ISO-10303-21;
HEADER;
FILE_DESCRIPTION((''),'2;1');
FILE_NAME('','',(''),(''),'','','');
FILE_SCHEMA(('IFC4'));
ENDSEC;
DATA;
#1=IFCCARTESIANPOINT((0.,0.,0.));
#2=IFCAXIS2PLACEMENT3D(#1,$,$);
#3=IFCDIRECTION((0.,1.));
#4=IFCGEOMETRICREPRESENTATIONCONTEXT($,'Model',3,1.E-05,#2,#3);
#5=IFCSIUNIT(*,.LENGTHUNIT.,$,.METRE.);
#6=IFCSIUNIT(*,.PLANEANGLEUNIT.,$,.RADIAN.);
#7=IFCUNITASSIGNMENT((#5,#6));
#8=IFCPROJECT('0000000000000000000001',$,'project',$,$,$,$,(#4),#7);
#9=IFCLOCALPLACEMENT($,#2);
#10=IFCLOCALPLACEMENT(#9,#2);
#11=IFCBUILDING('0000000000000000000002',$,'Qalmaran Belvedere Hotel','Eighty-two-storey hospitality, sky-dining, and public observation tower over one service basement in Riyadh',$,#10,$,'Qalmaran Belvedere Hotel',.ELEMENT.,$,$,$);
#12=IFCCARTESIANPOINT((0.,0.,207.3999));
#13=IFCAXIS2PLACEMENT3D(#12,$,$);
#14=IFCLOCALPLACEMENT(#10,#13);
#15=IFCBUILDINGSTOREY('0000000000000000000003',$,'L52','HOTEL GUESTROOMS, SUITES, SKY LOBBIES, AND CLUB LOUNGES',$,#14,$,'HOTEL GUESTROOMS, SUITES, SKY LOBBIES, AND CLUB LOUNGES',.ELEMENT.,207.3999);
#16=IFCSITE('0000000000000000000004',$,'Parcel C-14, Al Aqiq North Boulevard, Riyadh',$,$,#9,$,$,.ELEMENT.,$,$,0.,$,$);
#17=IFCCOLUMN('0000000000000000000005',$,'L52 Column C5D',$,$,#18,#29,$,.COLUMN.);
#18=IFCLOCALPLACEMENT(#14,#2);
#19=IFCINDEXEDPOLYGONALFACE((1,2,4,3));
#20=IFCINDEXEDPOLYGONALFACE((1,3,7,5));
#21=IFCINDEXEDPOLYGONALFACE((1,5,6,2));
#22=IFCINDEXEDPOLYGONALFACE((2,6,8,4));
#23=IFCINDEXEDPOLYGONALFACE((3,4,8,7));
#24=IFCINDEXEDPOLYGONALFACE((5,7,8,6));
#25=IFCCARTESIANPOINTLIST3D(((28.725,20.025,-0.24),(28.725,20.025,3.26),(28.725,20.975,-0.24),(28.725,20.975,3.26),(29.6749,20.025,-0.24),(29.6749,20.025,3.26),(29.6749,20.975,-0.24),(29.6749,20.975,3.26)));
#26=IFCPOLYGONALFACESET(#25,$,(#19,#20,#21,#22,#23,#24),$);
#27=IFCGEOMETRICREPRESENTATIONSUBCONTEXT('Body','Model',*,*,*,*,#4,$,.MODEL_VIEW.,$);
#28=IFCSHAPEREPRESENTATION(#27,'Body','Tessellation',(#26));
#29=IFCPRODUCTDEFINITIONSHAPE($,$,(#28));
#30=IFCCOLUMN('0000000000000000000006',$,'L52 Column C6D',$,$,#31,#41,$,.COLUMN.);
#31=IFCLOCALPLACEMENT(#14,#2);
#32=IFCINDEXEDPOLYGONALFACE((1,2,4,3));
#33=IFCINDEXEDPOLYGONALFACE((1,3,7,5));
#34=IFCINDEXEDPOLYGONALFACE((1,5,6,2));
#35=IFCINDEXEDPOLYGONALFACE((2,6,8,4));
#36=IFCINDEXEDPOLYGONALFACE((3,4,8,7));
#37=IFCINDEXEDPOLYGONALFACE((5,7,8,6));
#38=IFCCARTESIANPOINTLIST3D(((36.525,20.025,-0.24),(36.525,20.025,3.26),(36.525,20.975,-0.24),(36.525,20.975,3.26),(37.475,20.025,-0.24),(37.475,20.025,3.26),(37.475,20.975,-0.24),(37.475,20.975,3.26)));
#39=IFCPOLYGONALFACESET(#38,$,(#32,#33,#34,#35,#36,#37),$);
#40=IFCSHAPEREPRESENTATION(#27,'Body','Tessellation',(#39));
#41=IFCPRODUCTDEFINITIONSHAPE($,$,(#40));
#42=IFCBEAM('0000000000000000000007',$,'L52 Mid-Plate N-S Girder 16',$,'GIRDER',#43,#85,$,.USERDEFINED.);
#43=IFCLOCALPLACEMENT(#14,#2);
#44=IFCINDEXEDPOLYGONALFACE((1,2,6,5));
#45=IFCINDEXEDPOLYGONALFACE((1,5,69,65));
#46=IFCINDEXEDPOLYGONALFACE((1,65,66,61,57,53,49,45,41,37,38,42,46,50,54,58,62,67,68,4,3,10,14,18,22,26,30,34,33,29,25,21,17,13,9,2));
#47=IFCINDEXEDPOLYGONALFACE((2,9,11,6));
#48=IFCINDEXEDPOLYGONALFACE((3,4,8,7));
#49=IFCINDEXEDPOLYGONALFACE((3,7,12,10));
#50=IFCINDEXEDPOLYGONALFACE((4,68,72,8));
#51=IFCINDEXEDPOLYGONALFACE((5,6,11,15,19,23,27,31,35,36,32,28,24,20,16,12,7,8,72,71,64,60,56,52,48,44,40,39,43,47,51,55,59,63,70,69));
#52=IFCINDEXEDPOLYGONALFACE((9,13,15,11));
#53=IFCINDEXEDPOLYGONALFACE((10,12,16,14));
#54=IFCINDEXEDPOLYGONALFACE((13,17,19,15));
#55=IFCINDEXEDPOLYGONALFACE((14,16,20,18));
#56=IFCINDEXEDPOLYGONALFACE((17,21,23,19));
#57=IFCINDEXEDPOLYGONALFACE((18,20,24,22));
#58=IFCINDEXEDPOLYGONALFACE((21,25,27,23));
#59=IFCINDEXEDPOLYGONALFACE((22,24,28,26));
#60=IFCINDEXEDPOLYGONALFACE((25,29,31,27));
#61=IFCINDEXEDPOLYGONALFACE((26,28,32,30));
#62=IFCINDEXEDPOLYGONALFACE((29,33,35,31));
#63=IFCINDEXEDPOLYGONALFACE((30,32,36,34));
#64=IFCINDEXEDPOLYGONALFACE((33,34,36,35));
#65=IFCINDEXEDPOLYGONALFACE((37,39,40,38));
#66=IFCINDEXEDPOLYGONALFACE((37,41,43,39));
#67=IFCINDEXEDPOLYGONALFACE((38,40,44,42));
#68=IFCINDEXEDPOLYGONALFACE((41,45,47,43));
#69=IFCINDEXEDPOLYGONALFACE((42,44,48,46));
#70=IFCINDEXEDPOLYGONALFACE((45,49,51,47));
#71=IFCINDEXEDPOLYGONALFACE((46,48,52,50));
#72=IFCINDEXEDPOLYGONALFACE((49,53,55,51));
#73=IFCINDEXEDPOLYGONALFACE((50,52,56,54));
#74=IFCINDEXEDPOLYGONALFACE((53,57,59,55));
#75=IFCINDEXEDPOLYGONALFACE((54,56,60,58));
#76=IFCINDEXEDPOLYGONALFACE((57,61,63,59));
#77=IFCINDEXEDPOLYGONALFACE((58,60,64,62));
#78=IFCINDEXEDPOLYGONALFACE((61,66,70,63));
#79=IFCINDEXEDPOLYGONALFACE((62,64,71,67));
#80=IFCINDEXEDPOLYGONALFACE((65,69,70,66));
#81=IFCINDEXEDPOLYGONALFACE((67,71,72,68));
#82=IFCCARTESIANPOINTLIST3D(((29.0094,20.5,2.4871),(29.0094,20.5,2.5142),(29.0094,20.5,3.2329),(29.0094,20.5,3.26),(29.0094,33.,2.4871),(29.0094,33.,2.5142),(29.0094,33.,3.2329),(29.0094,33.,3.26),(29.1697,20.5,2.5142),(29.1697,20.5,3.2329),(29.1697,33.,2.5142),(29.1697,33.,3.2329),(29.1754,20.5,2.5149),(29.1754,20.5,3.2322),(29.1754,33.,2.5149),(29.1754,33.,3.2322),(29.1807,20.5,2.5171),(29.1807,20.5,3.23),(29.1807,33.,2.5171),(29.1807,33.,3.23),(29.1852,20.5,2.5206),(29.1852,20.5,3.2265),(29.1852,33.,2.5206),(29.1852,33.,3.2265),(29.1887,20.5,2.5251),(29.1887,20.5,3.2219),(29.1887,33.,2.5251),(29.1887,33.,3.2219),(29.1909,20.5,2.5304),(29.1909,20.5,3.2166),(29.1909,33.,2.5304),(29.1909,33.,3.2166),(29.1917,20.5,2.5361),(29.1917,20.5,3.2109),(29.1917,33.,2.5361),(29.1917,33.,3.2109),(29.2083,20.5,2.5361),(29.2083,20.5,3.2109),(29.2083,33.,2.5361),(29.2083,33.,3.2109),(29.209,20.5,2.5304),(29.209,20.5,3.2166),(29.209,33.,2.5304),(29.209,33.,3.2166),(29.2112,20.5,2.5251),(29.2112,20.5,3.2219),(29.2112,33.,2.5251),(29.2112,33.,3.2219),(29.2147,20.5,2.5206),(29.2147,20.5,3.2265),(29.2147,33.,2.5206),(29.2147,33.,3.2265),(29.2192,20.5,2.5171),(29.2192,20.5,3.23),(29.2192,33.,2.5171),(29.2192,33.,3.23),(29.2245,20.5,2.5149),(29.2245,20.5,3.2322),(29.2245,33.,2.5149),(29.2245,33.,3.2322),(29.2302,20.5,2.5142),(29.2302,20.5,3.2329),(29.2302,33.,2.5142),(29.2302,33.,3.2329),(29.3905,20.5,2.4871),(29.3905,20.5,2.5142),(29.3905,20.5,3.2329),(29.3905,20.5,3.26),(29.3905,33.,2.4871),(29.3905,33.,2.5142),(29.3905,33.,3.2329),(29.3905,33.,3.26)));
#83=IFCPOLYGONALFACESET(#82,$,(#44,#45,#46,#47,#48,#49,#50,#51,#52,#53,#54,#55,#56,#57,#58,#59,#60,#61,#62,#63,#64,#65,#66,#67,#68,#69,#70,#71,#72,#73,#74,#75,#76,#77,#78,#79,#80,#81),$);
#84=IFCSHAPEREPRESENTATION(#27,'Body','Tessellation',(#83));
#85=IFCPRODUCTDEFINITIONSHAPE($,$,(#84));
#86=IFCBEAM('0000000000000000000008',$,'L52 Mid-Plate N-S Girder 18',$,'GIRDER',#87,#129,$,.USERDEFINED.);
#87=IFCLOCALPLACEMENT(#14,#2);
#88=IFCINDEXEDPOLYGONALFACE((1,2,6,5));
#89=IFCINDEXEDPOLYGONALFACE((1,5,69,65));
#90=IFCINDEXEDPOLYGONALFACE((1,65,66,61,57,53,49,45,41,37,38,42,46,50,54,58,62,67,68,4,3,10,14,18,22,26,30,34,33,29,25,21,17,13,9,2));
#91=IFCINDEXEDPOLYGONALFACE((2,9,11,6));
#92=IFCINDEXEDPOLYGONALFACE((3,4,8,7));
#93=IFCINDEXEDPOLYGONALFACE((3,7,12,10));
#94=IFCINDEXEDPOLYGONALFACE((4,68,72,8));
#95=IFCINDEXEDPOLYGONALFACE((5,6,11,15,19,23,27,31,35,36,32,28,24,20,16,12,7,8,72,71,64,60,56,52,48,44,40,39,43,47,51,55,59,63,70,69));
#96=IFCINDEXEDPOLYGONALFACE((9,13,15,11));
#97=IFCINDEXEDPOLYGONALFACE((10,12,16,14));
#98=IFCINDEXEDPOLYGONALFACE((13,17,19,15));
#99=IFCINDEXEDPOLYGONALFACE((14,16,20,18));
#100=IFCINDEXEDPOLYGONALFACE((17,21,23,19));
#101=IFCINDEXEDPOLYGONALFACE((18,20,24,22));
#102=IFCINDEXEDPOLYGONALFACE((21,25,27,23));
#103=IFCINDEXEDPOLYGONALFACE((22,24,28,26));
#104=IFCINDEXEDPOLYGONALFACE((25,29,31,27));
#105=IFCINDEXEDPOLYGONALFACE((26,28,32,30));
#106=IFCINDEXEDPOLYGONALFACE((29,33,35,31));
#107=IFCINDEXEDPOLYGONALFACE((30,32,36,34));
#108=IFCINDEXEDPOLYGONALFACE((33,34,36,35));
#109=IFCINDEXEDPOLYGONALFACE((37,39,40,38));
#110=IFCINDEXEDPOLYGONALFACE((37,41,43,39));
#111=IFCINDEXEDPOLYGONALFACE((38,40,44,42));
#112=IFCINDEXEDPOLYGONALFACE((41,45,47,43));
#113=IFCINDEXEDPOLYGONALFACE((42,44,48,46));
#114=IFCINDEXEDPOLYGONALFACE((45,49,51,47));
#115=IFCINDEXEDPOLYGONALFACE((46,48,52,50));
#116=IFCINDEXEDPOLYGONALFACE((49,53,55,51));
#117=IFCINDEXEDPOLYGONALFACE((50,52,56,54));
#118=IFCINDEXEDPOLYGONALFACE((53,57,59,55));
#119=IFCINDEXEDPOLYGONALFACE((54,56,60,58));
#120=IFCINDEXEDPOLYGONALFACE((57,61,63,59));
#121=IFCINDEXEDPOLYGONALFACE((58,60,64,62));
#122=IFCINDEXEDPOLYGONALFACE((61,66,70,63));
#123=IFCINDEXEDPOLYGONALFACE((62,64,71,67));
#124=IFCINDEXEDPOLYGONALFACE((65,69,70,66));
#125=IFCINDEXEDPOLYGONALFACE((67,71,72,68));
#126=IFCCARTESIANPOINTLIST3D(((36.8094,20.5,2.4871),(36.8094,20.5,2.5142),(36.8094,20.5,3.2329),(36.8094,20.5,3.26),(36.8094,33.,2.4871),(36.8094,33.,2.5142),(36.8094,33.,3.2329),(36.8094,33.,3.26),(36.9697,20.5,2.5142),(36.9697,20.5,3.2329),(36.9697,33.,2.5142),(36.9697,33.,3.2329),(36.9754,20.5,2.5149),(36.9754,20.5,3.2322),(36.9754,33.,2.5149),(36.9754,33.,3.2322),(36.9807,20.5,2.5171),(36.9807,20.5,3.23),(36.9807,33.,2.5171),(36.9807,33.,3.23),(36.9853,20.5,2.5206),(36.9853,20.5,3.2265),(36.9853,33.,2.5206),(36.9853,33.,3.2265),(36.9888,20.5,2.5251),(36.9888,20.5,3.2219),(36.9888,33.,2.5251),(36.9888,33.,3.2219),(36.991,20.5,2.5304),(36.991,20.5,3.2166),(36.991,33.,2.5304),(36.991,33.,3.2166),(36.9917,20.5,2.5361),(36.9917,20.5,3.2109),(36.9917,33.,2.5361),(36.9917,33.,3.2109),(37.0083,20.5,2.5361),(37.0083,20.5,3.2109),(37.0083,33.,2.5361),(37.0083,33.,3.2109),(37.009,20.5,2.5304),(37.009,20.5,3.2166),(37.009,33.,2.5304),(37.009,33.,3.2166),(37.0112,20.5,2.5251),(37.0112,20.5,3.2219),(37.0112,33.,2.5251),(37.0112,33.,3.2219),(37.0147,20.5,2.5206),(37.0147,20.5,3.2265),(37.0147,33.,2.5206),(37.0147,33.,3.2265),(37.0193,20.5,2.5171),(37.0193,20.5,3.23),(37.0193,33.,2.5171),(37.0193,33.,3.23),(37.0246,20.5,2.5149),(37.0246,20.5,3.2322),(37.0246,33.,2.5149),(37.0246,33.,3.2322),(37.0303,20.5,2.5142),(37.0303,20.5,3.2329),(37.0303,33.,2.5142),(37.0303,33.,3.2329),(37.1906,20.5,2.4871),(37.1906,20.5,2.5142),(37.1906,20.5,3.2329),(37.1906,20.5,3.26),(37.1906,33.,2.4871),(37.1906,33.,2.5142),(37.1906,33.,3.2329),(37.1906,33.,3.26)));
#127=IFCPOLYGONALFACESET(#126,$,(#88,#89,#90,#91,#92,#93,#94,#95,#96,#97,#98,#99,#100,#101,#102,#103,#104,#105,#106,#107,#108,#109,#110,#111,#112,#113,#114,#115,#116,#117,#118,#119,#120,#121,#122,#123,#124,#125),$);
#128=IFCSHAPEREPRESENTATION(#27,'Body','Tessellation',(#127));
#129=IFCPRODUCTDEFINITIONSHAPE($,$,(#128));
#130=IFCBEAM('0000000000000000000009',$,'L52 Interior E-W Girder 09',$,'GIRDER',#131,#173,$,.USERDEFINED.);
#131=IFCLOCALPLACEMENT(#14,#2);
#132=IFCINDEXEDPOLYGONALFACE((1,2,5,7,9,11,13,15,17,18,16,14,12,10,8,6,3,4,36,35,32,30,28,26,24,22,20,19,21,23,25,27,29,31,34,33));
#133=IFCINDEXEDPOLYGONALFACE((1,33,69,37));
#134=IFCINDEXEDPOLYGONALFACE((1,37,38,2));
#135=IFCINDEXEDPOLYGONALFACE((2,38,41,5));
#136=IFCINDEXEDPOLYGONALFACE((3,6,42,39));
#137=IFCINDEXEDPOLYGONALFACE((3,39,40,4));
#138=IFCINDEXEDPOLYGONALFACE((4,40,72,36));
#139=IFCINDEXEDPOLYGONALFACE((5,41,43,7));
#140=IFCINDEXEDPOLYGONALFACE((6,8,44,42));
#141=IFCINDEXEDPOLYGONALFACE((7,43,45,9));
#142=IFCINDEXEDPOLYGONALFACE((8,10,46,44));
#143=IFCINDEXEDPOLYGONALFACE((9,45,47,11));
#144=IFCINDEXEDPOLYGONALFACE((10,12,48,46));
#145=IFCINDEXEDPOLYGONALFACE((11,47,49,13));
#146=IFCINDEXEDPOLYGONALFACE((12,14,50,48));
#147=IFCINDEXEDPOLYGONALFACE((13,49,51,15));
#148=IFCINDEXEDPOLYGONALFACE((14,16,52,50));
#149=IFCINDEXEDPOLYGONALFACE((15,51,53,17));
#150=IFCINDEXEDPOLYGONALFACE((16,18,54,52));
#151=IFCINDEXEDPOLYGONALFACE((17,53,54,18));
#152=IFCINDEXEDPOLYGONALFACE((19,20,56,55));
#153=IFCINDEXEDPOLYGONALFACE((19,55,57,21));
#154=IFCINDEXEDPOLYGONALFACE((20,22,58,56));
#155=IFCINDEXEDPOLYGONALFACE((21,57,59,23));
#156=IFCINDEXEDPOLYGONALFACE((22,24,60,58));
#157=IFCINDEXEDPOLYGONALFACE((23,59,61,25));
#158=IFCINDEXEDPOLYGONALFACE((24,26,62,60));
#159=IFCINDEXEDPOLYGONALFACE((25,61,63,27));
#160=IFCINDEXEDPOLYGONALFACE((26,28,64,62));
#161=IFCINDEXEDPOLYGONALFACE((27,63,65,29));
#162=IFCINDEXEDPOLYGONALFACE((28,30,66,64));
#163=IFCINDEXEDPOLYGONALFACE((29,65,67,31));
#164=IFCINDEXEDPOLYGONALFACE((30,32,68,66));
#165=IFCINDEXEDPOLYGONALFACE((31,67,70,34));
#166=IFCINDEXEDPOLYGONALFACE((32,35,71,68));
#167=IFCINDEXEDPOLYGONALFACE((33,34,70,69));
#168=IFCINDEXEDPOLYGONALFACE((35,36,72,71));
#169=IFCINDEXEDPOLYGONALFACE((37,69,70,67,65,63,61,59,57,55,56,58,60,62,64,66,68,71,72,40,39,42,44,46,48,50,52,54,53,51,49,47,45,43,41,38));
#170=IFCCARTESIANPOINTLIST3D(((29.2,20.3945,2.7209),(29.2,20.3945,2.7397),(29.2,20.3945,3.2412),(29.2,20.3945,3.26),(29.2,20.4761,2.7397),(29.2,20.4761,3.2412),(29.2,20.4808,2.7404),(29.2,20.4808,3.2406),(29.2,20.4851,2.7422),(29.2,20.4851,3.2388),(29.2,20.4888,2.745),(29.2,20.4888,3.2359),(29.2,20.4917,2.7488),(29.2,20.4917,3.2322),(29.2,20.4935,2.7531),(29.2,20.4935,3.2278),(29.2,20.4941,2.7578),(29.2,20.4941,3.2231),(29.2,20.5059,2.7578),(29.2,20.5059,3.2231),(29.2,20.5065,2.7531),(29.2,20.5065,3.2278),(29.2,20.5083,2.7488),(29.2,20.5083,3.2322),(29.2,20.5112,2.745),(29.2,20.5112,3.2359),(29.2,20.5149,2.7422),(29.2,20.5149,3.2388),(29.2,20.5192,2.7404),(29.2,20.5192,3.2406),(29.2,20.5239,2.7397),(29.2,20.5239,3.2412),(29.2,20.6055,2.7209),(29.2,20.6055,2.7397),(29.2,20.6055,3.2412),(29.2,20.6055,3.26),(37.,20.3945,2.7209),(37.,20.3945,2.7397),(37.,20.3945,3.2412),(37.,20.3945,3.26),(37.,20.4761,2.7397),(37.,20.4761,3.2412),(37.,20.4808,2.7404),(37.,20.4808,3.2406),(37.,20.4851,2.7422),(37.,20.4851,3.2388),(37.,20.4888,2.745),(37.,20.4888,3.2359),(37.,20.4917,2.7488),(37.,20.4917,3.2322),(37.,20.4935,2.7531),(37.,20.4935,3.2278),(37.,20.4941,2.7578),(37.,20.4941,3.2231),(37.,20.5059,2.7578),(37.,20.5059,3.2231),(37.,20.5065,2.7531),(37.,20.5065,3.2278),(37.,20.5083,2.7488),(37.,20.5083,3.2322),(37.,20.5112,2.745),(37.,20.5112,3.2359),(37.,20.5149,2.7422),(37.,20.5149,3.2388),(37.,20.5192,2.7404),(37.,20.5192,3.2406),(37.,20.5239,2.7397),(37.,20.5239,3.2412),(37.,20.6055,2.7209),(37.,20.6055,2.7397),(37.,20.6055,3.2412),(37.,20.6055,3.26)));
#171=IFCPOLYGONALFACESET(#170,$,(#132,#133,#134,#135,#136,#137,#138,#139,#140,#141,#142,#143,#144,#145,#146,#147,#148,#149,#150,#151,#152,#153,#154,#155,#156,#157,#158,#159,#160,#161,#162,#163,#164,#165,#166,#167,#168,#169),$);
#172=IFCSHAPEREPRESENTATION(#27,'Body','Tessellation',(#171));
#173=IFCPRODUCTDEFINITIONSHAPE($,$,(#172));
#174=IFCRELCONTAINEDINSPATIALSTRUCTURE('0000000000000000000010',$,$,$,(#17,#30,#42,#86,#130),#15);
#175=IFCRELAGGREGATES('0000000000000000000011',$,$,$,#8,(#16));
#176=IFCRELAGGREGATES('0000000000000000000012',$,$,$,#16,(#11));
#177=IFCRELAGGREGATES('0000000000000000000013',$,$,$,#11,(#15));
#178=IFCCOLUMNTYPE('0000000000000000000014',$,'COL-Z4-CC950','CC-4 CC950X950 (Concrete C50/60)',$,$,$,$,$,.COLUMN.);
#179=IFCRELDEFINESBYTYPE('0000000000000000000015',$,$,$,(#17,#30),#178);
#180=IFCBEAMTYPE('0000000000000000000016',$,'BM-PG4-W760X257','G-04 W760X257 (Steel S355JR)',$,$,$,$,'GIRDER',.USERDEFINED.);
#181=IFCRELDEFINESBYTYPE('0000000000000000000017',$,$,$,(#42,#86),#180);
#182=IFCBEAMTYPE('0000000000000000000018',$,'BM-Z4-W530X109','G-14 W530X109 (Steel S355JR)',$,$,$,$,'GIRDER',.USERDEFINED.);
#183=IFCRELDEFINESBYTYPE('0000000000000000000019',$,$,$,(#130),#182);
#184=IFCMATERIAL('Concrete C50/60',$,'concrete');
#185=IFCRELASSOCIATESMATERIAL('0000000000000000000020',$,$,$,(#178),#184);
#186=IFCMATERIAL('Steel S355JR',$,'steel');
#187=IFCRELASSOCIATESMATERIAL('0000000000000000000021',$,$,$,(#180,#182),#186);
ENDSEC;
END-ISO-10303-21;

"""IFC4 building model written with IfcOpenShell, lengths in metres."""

from ifc_helpers import new_model, si_unit, direction, frame, origin, origin_2d, place, context, subcontext, project, spatial, rectangle, i_section, extrude, material, material_profile, profile_set, type_object, element, save


model = new_model("IFC4")

# Units and contexts
model_context = context("Model", 3, precision=1e-05, world=origin(), true_north=direction((0.0, 1.0)))
body_context = subcontext(model_context, "Body", "Model", "MODEL_VIEW")
ifc_project = project(units=[si_unit("LENGTHUNIT", "METRE"), si_unit("PLANEANGLEUNIT", "RADIAN")], contexts=[model_context])

# Site, building, storey
site_placement = place(None, origin())
site = spatial("IfcSite", under=ifc_project, at=site_placement, Name="Parcel C-14, Al Aqiq North Boulevard, Riyadh", CompositionType="ELEMENT", RefElevation=0.0)
building_placement = place(site_placement, origin())
building = spatial("IfcBuilding", under=site, at=building_placement, Name="Qalmaran Belvedere Hotel", Description="Eighty-two-storey hospitality, sky-dining, and public observation tower over one service basement in Riyadh", LongName="Qalmaran Belvedere Hotel", CompositionType="ELEMENT")
storey_placement = place(building_placement, frame((0.0, 0.0, 207.3999)))
storey = spatial("IfcBuildingStorey", under=building, at=storey_placement, Name="L52", Description="HOTEL GUESTROOMS, SUITES, SKY LOBBIES, AND CLUB LOUNGES", LongName="HOTEL GUESTROOMS, SUITES, SKY LOBBIES, AND CLUB LOUNGES", CompositionType="ELEMENT", Elevation=207.3999)

# Columns
ifc_material_1 = material(Name="Concrete C50/60", Category="concrete")
ifc_material_profile_1 = material_profile(ifc_material_1, rectangle(XDim=0.95, YDim=0.95, at=origin_2d()), Name="CC950X950")
ifc_profile_set_1 = profile_set([ifc_material_profile_1], Name="Concrete C50/60")
column_type = type_object("IfcColumnType", Name="COL-Z4-CC950", Description="CC-4 CC950X950 (Concrete C50/60)", PredefinedType="COLUMN", material=ifc_profile_set_1)
for number, where, z_axis, x_axis, name in (
    (1, (29.2, 20.5, -0.24), (0.0, 0.0, 1.0), (1.0, 0.0, 0.0), "L52 Column C5D"),
    (2, (37.0, 20.5, -0.24), (0.0, 0.0, 1.0), (1.0, 0.0, 0.0), "L52 Column C6D"),
):
    element("IfcColumn", number, at=place(storey_placement, frame(where, z_axis=z_axis, x_axis=x_axis)), inside=storey, type_object=column_type, Name=name, PredefinedType="COLUMN", context=body_context, shape_type="SweptSolid", body=[
        extrude(rectangle(XDim=0.95, YDim=0.95, at=origin_2d()), origin(), (0.0, 0.0, 1.0), 3.5),
    ])

# Beams
ifc_material_2 = material(Name="Steel S355JR", Category="steel")
ifc_material_profile_2 = material_profile(ifc_material_2, i_section(OverallWidth=0.3811, OverallDepth=0.7729, WebThickness=0.0166, FlangeThickness=0.0271, FilletRadius=0.022, at=origin_2d()), Name="W760X257")
ifc_profile_set_2 = profile_set([ifc_material_profile_2], Name="Steel S355JR")
beam_type_1 = type_object("IfcBeamType", Name="BM-PG4-W760X257", Description="G-04 W760X257 (Steel S355JR)", ElementType="GIRDER", PredefinedType="USERDEFINED", material=ifc_profile_set_2)
for number, where, z_axis, x_axis, name in (
    (3, (29.2, 20.5, 2.8735), (0.0, 1.0, 0.0), (-1.0, 0.0, 0.0), "L52 Mid-Plate N-S Girder 16"),
    (4, (37.0, 20.5, 2.8735), (0.0, 1.0, 0.0), (-1.0, 0.0, 0.0), "L52 Mid-Plate N-S Girder 18"),
):
    element("IfcBeam", number, at=place(storey_placement, frame(where, z_axis=z_axis, x_axis=x_axis)), inside=storey, type_object=beam_type_1, Name=name, ObjectType="GIRDER", PredefinedType="USERDEFINED", context=body_context, shape_type="SweptSolid", body=[
        extrude(i_section(OverallWidth=0.3811, OverallDepth=0.7729, WebThickness=0.0166, FlangeThickness=0.0271, FilletRadius=0.022, at=origin_2d()), origin(), (0.0, 0.0, 1.0), 12.5),
    ])
ifc_material_profile_3 = material_profile(ifc_material_2, i_section(OverallWidth=0.2109, OverallDepth=0.5391, WebThickness=0.0117, FlangeThickness=0.0188, FilletRadius=0.0181, at=origin_2d()), Name="W530X109")
ifc_profile_set_3 = profile_set([ifc_material_profile_3], Name="Steel S355JR")
beam_type_2 = type_object("IfcBeamType", Name="BM-Z4-W530X109", Description="G-14 W530X109 (Steel S355JR)", ElementType="GIRDER", PredefinedType="USERDEFINED", material=ifc_profile_set_3)
for number, where, z_axis, x_axis, name in (
    (5, (29.2, 20.5, 2.9905), (1.0, 0.0, 0.0), (0.0, 1.0, 0.0), "L52 Interior E-W Girder 09"),
):
    element("IfcBeam", number, at=place(storey_placement, frame(where, z_axis=z_axis, x_axis=x_axis)), inside=storey, type_object=beam_type_2, Name=name, ObjectType="GIRDER", PredefinedType="USERDEFINED", context=body_context, shape_type="SweptSolid", body=[
        extrude(i_section(OverallWidth=0.2109, OverallDepth=0.5391, WebThickness=0.0117, FlangeThickness=0.0188, FilletRadius=0.0181, at=origin_2d()), origin(), (0.0, 0.0, 1.0), 7.8),
    ])

save(model, "model.ifc")
